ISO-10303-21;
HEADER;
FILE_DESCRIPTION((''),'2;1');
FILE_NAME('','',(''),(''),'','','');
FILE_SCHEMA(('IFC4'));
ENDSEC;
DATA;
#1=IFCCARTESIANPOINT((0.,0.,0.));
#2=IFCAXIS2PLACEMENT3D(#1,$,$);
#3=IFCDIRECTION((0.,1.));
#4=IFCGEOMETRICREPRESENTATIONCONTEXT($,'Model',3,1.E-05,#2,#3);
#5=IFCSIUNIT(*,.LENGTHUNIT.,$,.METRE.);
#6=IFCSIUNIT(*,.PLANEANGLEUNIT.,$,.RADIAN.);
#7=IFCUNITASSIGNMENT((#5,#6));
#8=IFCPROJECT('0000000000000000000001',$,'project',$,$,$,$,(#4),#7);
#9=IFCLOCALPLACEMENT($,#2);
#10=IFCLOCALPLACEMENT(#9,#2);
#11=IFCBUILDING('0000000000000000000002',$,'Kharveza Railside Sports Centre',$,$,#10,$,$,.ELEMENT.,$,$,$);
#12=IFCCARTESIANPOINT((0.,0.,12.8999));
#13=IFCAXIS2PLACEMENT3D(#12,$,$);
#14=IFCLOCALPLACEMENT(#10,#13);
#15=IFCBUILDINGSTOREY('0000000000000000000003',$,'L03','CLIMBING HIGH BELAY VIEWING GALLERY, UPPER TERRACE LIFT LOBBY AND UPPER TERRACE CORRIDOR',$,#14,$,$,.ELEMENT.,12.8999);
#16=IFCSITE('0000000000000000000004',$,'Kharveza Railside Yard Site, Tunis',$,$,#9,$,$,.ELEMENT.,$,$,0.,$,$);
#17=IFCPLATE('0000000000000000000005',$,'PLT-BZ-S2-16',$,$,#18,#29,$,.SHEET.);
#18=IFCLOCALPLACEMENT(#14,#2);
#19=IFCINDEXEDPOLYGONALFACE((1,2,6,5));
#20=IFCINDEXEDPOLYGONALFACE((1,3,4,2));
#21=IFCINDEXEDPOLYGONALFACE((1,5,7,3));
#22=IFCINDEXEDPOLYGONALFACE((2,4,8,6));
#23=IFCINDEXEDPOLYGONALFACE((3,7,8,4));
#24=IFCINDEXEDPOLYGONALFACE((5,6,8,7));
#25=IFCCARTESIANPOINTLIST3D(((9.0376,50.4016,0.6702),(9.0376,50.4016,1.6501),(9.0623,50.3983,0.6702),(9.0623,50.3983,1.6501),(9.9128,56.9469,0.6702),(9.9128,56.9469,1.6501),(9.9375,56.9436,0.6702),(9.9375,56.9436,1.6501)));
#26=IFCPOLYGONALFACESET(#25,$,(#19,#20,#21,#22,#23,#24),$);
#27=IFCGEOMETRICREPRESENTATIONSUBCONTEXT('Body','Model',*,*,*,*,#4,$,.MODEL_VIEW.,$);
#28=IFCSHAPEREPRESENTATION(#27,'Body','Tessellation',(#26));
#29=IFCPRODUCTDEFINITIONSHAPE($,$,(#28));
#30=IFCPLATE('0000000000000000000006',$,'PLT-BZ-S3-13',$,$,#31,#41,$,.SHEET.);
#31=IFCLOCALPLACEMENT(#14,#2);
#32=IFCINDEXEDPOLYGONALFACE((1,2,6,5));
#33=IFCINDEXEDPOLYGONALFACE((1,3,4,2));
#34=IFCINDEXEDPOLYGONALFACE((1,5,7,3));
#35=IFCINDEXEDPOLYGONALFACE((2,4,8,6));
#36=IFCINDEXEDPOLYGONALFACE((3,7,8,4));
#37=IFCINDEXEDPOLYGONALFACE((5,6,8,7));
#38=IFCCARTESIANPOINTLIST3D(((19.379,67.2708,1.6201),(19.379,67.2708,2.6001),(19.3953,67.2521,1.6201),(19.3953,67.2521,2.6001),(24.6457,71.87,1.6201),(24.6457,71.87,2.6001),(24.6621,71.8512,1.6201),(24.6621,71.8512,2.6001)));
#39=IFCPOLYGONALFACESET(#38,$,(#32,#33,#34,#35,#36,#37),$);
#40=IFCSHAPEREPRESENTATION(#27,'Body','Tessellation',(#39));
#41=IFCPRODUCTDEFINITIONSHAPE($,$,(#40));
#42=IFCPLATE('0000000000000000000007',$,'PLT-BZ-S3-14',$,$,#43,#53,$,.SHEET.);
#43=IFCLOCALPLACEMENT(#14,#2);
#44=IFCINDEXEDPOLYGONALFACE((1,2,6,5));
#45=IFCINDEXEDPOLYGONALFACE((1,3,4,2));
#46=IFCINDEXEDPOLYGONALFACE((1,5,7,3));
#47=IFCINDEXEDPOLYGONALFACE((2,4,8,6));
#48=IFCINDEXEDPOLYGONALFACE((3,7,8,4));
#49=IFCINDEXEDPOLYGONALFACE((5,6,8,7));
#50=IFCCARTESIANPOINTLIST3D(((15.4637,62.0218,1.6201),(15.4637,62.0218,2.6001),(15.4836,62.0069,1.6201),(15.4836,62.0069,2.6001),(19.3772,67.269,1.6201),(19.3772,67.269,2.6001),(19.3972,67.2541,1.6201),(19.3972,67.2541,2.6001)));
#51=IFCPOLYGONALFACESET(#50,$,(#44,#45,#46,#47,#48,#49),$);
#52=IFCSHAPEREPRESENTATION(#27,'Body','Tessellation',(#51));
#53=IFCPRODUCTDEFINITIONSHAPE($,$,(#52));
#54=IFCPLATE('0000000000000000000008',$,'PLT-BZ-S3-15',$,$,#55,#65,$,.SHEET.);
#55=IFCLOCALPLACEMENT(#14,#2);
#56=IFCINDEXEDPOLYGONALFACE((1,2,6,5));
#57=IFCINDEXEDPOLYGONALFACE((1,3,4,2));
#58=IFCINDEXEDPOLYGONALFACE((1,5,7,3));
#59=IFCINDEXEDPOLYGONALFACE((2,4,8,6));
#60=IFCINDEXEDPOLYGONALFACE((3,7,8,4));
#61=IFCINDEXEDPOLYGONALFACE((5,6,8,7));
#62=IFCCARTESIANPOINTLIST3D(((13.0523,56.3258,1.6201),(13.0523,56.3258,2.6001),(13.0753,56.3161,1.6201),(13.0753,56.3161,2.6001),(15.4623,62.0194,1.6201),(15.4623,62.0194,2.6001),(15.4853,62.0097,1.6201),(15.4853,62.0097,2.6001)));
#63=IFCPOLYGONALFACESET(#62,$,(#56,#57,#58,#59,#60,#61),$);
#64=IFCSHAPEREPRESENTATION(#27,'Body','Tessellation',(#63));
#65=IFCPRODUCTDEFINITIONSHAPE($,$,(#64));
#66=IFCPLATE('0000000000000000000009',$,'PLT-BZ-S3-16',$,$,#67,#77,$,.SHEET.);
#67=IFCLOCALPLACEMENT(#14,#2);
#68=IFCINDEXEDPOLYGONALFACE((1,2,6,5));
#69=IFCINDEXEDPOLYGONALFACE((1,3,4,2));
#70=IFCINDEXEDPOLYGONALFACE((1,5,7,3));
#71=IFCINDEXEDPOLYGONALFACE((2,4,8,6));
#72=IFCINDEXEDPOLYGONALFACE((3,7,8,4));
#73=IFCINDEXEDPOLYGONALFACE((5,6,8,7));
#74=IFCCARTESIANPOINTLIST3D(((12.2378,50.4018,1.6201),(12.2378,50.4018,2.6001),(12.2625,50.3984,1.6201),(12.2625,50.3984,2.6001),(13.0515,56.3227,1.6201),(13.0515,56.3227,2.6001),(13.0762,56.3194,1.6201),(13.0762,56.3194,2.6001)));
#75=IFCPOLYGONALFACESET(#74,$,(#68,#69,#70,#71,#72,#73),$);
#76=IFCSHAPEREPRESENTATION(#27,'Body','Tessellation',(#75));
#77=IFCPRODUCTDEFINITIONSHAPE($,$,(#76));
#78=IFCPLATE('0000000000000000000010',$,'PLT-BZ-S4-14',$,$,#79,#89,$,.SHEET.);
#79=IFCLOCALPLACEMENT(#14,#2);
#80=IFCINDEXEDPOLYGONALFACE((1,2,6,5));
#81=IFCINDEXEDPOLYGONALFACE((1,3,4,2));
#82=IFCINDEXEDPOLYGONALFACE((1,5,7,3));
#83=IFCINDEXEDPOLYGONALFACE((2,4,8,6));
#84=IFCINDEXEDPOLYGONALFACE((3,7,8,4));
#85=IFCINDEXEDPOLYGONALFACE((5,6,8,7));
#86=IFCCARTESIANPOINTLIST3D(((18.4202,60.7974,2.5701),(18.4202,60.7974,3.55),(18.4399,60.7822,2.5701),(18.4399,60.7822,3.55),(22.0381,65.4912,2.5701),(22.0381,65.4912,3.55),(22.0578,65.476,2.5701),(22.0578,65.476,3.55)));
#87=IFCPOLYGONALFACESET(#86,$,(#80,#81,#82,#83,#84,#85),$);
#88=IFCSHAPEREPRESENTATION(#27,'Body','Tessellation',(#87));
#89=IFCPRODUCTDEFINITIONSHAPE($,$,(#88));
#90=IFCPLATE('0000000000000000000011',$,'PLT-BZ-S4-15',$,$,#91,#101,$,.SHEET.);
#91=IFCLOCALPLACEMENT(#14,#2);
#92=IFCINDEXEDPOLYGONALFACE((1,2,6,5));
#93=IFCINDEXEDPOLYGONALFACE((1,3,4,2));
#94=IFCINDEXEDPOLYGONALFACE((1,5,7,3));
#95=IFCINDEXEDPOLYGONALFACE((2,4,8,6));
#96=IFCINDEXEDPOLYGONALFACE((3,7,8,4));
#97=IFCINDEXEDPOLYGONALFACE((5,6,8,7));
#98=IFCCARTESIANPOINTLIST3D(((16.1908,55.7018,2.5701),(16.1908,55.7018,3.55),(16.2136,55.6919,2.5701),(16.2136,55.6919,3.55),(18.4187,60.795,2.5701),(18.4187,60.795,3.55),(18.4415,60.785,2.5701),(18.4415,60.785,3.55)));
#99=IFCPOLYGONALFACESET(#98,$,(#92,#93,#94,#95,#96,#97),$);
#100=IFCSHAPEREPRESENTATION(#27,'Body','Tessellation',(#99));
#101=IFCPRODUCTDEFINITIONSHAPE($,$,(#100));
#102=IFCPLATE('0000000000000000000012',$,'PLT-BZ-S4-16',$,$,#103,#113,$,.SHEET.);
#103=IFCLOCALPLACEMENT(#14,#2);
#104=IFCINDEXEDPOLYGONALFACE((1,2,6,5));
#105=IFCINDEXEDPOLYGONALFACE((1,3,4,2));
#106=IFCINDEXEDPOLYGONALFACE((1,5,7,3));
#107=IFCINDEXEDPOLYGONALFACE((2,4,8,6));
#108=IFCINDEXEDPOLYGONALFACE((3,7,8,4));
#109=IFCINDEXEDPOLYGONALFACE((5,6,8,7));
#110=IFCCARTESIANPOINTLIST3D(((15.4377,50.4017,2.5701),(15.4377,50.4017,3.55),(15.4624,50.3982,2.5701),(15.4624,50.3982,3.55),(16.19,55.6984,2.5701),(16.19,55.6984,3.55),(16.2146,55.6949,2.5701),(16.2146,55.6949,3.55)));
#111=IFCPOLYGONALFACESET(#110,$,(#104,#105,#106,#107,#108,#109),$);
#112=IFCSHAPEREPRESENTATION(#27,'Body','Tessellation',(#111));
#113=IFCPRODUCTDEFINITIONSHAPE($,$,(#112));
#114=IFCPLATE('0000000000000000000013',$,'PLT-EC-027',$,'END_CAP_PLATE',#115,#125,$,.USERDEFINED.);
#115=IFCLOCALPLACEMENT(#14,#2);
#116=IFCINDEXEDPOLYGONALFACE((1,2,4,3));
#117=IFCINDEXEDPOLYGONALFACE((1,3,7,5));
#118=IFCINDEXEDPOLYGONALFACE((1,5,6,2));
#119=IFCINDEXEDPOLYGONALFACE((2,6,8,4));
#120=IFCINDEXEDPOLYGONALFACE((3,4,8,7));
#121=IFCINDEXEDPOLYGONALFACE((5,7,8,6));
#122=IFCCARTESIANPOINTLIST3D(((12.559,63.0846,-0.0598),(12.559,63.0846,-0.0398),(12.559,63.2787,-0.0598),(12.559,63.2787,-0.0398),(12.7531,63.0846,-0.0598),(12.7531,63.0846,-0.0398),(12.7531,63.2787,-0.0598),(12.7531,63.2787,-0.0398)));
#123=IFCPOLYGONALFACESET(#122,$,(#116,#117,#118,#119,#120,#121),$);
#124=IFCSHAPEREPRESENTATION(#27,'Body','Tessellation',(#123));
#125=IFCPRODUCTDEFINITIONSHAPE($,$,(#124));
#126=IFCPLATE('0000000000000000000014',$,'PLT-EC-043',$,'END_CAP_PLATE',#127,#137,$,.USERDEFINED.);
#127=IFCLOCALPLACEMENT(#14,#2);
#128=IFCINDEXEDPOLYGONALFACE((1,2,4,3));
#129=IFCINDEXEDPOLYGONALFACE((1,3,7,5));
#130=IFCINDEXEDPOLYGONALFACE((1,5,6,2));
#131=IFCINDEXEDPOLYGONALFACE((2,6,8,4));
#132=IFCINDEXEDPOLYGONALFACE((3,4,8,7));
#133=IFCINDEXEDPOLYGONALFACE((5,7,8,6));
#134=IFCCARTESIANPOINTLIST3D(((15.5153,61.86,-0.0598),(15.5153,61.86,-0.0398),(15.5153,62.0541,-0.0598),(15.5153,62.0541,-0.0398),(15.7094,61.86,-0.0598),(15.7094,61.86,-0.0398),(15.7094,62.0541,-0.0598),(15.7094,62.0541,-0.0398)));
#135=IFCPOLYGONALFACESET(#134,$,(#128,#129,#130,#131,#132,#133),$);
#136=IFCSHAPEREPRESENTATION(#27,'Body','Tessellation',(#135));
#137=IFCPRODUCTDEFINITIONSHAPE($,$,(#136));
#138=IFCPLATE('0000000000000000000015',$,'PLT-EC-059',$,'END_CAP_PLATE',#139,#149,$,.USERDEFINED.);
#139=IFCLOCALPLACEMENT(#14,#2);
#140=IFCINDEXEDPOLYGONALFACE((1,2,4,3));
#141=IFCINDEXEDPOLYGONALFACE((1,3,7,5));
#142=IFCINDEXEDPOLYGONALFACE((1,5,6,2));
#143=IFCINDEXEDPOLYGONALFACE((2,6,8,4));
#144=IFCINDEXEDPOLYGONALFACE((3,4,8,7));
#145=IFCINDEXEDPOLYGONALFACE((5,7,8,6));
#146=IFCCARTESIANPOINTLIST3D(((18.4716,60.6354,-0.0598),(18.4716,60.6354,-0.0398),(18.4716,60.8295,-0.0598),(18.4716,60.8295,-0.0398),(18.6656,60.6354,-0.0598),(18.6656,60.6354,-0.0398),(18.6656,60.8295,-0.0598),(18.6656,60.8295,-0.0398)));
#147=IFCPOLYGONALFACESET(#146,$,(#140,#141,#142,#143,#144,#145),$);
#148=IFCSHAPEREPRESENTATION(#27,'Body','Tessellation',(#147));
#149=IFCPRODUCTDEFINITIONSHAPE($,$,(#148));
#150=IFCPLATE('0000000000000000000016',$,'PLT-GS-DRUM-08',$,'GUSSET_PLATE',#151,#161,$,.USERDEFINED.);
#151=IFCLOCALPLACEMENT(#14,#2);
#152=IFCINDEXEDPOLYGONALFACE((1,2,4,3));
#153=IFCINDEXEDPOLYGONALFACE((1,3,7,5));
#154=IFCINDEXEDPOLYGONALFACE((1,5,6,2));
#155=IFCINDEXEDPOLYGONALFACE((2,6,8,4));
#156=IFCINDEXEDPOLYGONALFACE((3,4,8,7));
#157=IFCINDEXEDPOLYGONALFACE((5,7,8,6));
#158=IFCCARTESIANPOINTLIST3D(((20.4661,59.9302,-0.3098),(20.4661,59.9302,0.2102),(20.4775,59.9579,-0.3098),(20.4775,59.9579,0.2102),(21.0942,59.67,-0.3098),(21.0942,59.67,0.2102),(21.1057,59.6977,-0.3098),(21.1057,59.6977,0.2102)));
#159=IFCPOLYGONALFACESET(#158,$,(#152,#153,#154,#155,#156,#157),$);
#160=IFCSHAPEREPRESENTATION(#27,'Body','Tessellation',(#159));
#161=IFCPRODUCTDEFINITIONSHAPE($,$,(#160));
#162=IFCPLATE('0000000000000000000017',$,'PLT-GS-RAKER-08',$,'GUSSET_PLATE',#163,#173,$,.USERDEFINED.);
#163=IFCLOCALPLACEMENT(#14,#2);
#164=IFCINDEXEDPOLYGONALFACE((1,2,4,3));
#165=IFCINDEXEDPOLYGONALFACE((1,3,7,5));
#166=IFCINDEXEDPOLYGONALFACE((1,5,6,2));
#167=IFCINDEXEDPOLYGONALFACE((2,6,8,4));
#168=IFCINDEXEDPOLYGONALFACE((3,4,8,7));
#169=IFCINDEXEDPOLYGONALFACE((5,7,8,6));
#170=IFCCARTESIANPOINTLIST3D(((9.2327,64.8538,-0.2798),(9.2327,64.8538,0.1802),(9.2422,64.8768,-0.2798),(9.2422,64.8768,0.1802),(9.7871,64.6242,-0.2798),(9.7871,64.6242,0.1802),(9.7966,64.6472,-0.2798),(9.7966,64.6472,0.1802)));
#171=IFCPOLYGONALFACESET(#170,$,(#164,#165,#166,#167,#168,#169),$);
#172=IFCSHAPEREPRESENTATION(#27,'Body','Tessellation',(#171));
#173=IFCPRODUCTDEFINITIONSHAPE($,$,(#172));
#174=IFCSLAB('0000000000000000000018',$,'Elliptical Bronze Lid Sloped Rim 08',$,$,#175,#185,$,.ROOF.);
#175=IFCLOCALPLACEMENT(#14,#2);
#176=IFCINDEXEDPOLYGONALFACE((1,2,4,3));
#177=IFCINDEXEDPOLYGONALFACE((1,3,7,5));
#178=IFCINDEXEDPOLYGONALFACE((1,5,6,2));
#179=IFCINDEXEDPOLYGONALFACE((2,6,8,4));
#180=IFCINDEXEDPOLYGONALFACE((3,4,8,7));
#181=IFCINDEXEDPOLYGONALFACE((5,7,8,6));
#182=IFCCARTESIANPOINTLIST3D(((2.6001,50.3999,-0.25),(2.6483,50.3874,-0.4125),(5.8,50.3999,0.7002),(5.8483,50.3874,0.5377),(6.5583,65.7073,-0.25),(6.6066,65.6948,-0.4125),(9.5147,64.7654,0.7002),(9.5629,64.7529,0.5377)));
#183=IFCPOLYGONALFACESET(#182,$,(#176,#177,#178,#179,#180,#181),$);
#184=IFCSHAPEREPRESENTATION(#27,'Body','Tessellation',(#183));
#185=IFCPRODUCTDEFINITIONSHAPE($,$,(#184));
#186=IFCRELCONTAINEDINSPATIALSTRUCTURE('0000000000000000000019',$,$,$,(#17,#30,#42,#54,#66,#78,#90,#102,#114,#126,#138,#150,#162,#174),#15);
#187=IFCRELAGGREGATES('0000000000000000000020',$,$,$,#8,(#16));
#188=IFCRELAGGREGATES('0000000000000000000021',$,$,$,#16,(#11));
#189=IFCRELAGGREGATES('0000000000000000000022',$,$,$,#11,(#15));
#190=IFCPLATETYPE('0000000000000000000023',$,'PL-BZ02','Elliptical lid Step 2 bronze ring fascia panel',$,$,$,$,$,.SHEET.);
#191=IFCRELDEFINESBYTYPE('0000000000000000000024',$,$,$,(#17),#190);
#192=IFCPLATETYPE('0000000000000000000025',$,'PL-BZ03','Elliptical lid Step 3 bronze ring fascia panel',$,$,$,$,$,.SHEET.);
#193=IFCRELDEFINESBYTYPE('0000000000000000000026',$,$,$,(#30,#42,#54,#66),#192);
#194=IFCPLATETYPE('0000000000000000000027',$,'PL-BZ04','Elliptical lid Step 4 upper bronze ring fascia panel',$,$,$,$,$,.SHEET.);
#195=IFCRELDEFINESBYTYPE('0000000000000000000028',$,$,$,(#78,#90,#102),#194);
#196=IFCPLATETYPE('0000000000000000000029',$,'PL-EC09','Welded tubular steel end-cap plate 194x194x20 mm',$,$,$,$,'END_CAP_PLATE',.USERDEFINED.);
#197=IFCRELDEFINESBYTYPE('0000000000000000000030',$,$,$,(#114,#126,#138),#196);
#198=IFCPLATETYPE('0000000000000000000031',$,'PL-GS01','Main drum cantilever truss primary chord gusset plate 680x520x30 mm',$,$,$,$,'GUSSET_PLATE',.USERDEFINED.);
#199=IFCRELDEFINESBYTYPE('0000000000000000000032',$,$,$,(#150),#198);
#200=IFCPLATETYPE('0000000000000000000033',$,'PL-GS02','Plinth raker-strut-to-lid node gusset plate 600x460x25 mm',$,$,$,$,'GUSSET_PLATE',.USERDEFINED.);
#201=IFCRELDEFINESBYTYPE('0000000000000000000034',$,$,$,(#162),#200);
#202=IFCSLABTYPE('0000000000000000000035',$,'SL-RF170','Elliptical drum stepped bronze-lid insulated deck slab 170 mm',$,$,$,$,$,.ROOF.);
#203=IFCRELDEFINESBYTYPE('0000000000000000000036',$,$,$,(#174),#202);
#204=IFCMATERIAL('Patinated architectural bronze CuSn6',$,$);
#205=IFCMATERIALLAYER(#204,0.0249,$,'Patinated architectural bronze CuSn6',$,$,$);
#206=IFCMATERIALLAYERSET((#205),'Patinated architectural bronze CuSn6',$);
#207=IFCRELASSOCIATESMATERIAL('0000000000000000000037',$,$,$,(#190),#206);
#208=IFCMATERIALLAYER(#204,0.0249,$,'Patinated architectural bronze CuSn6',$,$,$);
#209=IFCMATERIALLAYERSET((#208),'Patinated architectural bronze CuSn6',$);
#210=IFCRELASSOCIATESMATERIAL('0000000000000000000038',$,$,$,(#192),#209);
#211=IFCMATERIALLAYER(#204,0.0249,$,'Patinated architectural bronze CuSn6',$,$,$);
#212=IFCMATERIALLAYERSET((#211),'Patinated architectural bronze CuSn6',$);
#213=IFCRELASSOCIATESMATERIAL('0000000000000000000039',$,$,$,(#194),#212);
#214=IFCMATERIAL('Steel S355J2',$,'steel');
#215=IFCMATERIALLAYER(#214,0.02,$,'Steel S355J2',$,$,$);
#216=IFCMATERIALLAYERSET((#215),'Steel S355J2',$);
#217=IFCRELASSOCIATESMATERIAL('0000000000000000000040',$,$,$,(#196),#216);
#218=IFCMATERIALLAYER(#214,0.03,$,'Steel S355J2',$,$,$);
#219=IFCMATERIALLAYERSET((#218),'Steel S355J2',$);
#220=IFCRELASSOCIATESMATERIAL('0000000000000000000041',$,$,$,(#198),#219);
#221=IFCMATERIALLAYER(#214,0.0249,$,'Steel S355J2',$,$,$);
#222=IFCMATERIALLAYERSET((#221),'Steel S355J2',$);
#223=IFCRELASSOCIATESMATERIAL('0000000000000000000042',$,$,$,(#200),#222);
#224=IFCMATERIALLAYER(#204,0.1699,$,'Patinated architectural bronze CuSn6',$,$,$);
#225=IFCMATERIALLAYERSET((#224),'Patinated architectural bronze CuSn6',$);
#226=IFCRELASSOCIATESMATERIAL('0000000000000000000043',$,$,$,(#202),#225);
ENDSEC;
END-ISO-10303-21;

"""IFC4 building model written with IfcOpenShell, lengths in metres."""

from ifc_helpers import new_model, si_unit, direction, frame, origin, origin_2d, place, context, subcontext, project, spatial, polyline, rectangle, outline, extrude, material, layer, layer_set, type_object, element, save


model = new_model("IFC4")

# Units and contexts
model_context = context("Model", 3, precision=1e-05, world=origin(), true_north=direction((0.0, 1.0)))
body_context = subcontext(model_context, "Body", "Model", "MODEL_VIEW")
ifc_project = project(units=[si_unit("LENGTHUNIT", "METRE"), si_unit("PLANEANGLEUNIT", "RADIAN")], contexts=[model_context])

# Site, building, storey
site_placement = place(None, origin())
site = spatial("IfcSite", under=ifc_project, at=site_placement, Name="Kharveza Railside Yard Site, Tunis", CompositionType="ELEMENT", RefElevation=0.0)
building_placement = place(site_placement, origin())
building = spatial("IfcBuilding", under=site, at=building_placement, Name="Kharveza Railside Sports Centre", CompositionType="ELEMENT")
storey_placement = place(building_placement, frame((0.0, 0.0, 12.8999)))
storey = spatial("IfcBuildingStorey", under=building, at=storey_placement, Name="L03", Description="CLIMBING HIGH BELAY VIEWING GALLERY, UPPER TERRACE LIFT LOBBY AND UPPER TERRACE CORRIDOR", CompositionType="ELEMENT", Elevation=12.8999)

# Shared definitions
ifc_material_1 = material(Name="Steel S355J2", Category="steel")

# Plates
ifc_material_2 = material(Name="Patinated architectural bronze CuSn6")
ifc_layer_1 = layer(ifc_material_2, 0.0249, Name="Patinated architectural bronze CuSn6")
ifc_layer_set_1 = layer_set([ifc_layer_1], Name="Patinated architectural bronze CuSn6")
plate_type_1 = type_object("IfcPlateType", Name="PL-BZ02", Description="Elliptical lid Step 2 bronze ring fascia panel", PredefinedType="SHEET", material=ifc_layer_set_1)
plate_1_placement = place(storey_placement, frame((9.4875, 53.6726, 0.6702), z_axis=(0.0, 0.0, 1.0), x_axis=(-0.132533, -0.991179, 0.0)))
element("IfcPlate", 1, at=plate_1_placement, inside=storey, type_object=plate_type_1, Name="PLT-BZ-S2-16", PredefinedType="SHEET", context=body_context, shape_type="SweptSolid", body=[
    extrude(rectangle(XDim=6.6035, YDim=0.0249, at=origin_2d()), origin(), (0.0, 0.0, 1.0), 0.98),
])
ifc_layer_2 = layer(ifc_material_2, 0.0249, Name="Patinated architectural bronze CuSn6")
ifc_layer_set_2 = layer_set([ifc_layer_2], Name="Patinated architectural bronze CuSn6")
plate_type_2 = type_object("IfcPlateType", Name="PL-BZ03", Description="Elliptical lid Step 3 bronze ring fascia panel", PredefinedType="SHEET", material=ifc_layer_set_2)
plate_2_placement = place(storey_placement, frame((22.0205, 69.561, 1.6201), z_axis=(0.0, 0.0, 1.0), x_axis=(-0.753231, -0.657757, 0.0)))
element("IfcPlate", 2, at=plate_2_placement, inside=storey, type_object=plate_type_2, Name="PLT-BZ-S3-13", PredefinedType="SHEET", context=body_context, shape_type="SweptSolid", body=[
    extrude(rectangle(XDim=6.9922, YDim=0.0249, at=origin_2d()), origin(), (0.0, 0.0, 1.0), 0.98),
])
plate_3_placement = place(storey_placement, frame((17.4304, 64.6379, 1.6201), z_axis=(0.0, 0.0, 1.0), x_axis=(-0.597863, -0.801598, 0.0)))
element("IfcPlate", 3, at=plate_3_placement, inside=storey, type_object=plate_type_2, Name="PLT-BZ-S3-14", PredefinedType="SHEET", context=body_context, shape_type="SweptSolid", body=[
    extrude(rectangle(XDim=6.5459, YDim=0.0249, at=origin_2d()), origin(), (0.0, 0.0, 1.0), 0.98),
])
plate_4_placement = place(storey_placement, frame((14.2688, 59.1677, 1.6201), z_axis=(0.0, 0.0, 1.0), x_axis=(-0.389799, -0.9209, 0.0)))
element("IfcPlate", 4, at=plate_4_placement, inside=storey, type_object=plate_type_2, Name="PLT-BZ-S3-15", PredefinedType="SHEET", context=body_context, shape_type="SweptSolid", body=[
    extrude(rectangle(XDim=6.1826, YDim=0.0249, at=origin_2d()), origin(), (0.0, 0.0, 1.0), 0.98),
])
plate_5_placement = place(storey_placement, frame((12.657, 53.3606, 1.6201), z_axis=(0.0, 0.0, 1.0), x_axis=(-0.136148, -0.990689, 0.0)))
element("IfcPlate", 5, at=plate_5_placement, inside=storey, type_object=plate_type_2, Name="PLT-BZ-S3-16", PredefinedType="SHEET", context=body_context, shape_type="SweptSolid", body=[
    extrude(rectangle(XDim=5.9766, YDim=0.0249, at=origin_2d()), origin(), (0.0, 0.0, 1.0), 0.98),
])
ifc_layer_3 = layer(ifc_material_2, 0.0249, Name="Patinated architectural bronze CuSn6")
ifc_layer_set_3 = layer_set([ifc_layer_3], Name="Patinated architectural bronze CuSn6")
plate_type_3 = type_object("IfcPlateType", Name="PL-BZ04", Description="Elliptical lid Step 4 upper bronze ring fascia panel", PredefinedType="SHEET", material=ifc_layer_set_3)
plate_6_placement = place(storey_placement, frame((20.239, 63.1367, 2.5701), z_axis=(0.0, 0.0, 1.0), x_axis=(-0.610477, -0.792034, 0.0)))
element("IfcPlate", 6, at=plate_6_placement, inside=storey, type_object=plate_type_3, Name="PLT-BZ-S4-14", PredefinedType="SHEET", context=body_context, shape_type="SweptSolid", body=[
    extrude(rectangle(XDim=5.9263, YDim=0.0249, at=origin_2d()), origin(), (0.0, 0.0, 1.0), 0.98),
])
plate_7_placement = place(storey_placement, frame((17.3162, 58.2434, 2.5701), z_axis=(0.0, 0.0, 1.0), x_axis=(-0.400765, -0.916181, 0.0)))
element("IfcPlate", 7, at=plate_7_placement, inside=storey, type_object=plate_type_3, Name="PLT-BZ-S4-15", PredefinedType="SHEET", context=body_context, shape_type="SweptSolid", body=[
    extrude(rectangle(XDim=5.5591, YDim=0.0249, at=origin_2d()), origin(), (0.0, 0.0, 1.0), 0.98),
])
plate_8_placement = place(storey_placement, frame((15.8262, 53.0483, 2.5701), z_axis=(0.0, 0.0, 1.0), x_axis=(-0.140607, -0.990065, 0.0)))
element("IfcPlate", 8, at=plate_8_placement, inside=storey, type_object=plate_type_3, Name="PLT-BZ-S4-16", PredefinedType="SHEET", context=body_context, shape_type="SweptSolid", body=[
    extrude(rectangle(XDim=5.3499, YDim=0.0249, at=origin_2d()), origin(), (0.0, 0.0, 1.0), 0.98),
])
ifc_layer_4 = layer(ifc_material_1, 0.02, Name="Steel S355J2")
ifc_layer_set_4 = layer_set([ifc_layer_4], Name="Steel S355J2")
plate_type_4 = type_object("IfcPlateType", Name="PL-EC09", Description="Welded tubular steel end-cap plate 194x194x20 mm", ElementType="END_CAP_PLATE", PredefinedType="USERDEFINED", material=ifc_layer_set_4)
for number, where, z_axis, x_axis, name in (
    (9, (12.656, 63.1816, -0.0598), (0.0, 0.0, 1.0), (1.0, 0.0, 0.0), "PLT-EC-027"),
    (10, (15.6123, 61.957, -0.0598), (0.0, 0.0, 1.0), (1.0, 0.0, 0.0), "PLT-EC-043"),
    (11, (18.5686, 60.7324, -0.0598), (0.0, 0.0, 1.0), (1.0, 0.0, 0.0), "PLT-EC-059"),
):
    element("IfcPlate", number, at=place(storey_placement, frame(where, z_axis=z_axis, x_axis=x_axis)), inside=storey, type_object=plate_type_4, Name=name, ObjectType="END_CAP_PLATE", PredefinedType="USERDEFINED", context=body_context, shape_type="SweptSolid", body=[
        extrude(rectangle(XDim=0.1941, YDim=0.1941, at=origin_2d()), origin(), (0.0, 0.0, 1.0), 0.02),
    ])
ifc_layer_5 = layer(ifc_material_1, 0.03, Name="Steel S355J2")
ifc_layer_set_5 = layer_set([ifc_layer_5], Name="Steel S355J2")
plate_type_5 = type_object("IfcPlateType", Name="PL-GS01", Description="Main drum cantilever truss primary chord gusset plate 680x520x30 mm", ElementType="GUSSET_PLATE", PredefinedType="USERDEFINED", material=ifc_layer_set_5)
plate_9_placement = place(storey_placement, frame((20.7859, 59.814, -0.3098), z_axis=(0.0, 0.0, 1.0), x_axis=(-0.92388, 0.382683, 0.0)))
element("IfcPlate", 12, at=plate_9_placement, inside=storey, type_object=plate_type_5, Name="PLT-GS-DRUM-08", ObjectType="GUSSET_PLATE", PredefinedType="USERDEFINED", context=body_context, shape_type="SweptSolid", body=[
    extrude(rectangle(XDim=0.6799, YDim=0.03, at=origin_2d()), origin(), (0.0, 0.0, 1.0), 0.52),
])
ifc_layer_6 = layer(ifc_material_1, 0.0249, Name="Steel S355J2")
ifc_layer_set_6 = layer_set([ifc_layer_6], Name="Steel S355J2")
plate_type_6 = type_object("IfcPlateType", Name="PL-GS02", Description="Plinth raker-strut-to-lid node gusset plate 600x460x25 mm", ElementType="GUSSET_PLATE", PredefinedType="USERDEFINED", material=ifc_layer_set_6)
plate_10_placement = place(storey_placement, frame((9.5146, 64.7505, -0.2798), z_axis=(0.0, 0.0, 1.0), x_axis=(-0.92388, 0.382683, 0.0)))
element("IfcPlate", 13, at=plate_10_placement, inside=storey, type_object=plate_type_6, Name="PLT-GS-RAKER-08", ObjectType="GUSSET_PLATE", PredefinedType="USERDEFINED", context=body_context, shape_type="SweptSolid", body=[
    extrude(rectangle(XDim=0.6001, YDim=0.0249, at=origin_2d()), origin(), (0.0, 0.0, 1.0), 0.46),
])

# Slab
ifc_layer_7 = layer(ifc_material_2, 0.1699, Name="Patinated architectural bronze CuSn6")
ifc_layer_set_7 = layer_set([ifc_layer_7], Name="Patinated architectural bronze CuSn6")
slab_type = type_object("IfcSlabType", Name="SL-RF170", Description="Elliptical drum stepped bronze-lid insulated deck slab 170 mm", PredefinedType="ROOF", material=ifc_layer_set_7)
slab_placement = place(storey_placement, frame((6.5583, 65.7073, -0.25), z_axis=(-0.283892, 0.073409, 0.956042), x_axis=(-0.25035, -0.968155, -0.000001)))
element("IfcSlab", 14, at=slab_placement, inside=storey, type_object=slab_type, Name="Elliptical Bronze Lid Sloped Rim 08", PredefinedType="ROOF", context=body_context, shape_type="SweptSolid", body=[
    extrude(outline(polyline([(0.0, 0.0), (15.8109, 0.0), (15.0098, 3.2405), (0.1718, 3.2404), (0.0, 0.0)])), origin(), (0.0, 0.0, -1.0), 0.1699),
])

save(model, "model.ifc")
